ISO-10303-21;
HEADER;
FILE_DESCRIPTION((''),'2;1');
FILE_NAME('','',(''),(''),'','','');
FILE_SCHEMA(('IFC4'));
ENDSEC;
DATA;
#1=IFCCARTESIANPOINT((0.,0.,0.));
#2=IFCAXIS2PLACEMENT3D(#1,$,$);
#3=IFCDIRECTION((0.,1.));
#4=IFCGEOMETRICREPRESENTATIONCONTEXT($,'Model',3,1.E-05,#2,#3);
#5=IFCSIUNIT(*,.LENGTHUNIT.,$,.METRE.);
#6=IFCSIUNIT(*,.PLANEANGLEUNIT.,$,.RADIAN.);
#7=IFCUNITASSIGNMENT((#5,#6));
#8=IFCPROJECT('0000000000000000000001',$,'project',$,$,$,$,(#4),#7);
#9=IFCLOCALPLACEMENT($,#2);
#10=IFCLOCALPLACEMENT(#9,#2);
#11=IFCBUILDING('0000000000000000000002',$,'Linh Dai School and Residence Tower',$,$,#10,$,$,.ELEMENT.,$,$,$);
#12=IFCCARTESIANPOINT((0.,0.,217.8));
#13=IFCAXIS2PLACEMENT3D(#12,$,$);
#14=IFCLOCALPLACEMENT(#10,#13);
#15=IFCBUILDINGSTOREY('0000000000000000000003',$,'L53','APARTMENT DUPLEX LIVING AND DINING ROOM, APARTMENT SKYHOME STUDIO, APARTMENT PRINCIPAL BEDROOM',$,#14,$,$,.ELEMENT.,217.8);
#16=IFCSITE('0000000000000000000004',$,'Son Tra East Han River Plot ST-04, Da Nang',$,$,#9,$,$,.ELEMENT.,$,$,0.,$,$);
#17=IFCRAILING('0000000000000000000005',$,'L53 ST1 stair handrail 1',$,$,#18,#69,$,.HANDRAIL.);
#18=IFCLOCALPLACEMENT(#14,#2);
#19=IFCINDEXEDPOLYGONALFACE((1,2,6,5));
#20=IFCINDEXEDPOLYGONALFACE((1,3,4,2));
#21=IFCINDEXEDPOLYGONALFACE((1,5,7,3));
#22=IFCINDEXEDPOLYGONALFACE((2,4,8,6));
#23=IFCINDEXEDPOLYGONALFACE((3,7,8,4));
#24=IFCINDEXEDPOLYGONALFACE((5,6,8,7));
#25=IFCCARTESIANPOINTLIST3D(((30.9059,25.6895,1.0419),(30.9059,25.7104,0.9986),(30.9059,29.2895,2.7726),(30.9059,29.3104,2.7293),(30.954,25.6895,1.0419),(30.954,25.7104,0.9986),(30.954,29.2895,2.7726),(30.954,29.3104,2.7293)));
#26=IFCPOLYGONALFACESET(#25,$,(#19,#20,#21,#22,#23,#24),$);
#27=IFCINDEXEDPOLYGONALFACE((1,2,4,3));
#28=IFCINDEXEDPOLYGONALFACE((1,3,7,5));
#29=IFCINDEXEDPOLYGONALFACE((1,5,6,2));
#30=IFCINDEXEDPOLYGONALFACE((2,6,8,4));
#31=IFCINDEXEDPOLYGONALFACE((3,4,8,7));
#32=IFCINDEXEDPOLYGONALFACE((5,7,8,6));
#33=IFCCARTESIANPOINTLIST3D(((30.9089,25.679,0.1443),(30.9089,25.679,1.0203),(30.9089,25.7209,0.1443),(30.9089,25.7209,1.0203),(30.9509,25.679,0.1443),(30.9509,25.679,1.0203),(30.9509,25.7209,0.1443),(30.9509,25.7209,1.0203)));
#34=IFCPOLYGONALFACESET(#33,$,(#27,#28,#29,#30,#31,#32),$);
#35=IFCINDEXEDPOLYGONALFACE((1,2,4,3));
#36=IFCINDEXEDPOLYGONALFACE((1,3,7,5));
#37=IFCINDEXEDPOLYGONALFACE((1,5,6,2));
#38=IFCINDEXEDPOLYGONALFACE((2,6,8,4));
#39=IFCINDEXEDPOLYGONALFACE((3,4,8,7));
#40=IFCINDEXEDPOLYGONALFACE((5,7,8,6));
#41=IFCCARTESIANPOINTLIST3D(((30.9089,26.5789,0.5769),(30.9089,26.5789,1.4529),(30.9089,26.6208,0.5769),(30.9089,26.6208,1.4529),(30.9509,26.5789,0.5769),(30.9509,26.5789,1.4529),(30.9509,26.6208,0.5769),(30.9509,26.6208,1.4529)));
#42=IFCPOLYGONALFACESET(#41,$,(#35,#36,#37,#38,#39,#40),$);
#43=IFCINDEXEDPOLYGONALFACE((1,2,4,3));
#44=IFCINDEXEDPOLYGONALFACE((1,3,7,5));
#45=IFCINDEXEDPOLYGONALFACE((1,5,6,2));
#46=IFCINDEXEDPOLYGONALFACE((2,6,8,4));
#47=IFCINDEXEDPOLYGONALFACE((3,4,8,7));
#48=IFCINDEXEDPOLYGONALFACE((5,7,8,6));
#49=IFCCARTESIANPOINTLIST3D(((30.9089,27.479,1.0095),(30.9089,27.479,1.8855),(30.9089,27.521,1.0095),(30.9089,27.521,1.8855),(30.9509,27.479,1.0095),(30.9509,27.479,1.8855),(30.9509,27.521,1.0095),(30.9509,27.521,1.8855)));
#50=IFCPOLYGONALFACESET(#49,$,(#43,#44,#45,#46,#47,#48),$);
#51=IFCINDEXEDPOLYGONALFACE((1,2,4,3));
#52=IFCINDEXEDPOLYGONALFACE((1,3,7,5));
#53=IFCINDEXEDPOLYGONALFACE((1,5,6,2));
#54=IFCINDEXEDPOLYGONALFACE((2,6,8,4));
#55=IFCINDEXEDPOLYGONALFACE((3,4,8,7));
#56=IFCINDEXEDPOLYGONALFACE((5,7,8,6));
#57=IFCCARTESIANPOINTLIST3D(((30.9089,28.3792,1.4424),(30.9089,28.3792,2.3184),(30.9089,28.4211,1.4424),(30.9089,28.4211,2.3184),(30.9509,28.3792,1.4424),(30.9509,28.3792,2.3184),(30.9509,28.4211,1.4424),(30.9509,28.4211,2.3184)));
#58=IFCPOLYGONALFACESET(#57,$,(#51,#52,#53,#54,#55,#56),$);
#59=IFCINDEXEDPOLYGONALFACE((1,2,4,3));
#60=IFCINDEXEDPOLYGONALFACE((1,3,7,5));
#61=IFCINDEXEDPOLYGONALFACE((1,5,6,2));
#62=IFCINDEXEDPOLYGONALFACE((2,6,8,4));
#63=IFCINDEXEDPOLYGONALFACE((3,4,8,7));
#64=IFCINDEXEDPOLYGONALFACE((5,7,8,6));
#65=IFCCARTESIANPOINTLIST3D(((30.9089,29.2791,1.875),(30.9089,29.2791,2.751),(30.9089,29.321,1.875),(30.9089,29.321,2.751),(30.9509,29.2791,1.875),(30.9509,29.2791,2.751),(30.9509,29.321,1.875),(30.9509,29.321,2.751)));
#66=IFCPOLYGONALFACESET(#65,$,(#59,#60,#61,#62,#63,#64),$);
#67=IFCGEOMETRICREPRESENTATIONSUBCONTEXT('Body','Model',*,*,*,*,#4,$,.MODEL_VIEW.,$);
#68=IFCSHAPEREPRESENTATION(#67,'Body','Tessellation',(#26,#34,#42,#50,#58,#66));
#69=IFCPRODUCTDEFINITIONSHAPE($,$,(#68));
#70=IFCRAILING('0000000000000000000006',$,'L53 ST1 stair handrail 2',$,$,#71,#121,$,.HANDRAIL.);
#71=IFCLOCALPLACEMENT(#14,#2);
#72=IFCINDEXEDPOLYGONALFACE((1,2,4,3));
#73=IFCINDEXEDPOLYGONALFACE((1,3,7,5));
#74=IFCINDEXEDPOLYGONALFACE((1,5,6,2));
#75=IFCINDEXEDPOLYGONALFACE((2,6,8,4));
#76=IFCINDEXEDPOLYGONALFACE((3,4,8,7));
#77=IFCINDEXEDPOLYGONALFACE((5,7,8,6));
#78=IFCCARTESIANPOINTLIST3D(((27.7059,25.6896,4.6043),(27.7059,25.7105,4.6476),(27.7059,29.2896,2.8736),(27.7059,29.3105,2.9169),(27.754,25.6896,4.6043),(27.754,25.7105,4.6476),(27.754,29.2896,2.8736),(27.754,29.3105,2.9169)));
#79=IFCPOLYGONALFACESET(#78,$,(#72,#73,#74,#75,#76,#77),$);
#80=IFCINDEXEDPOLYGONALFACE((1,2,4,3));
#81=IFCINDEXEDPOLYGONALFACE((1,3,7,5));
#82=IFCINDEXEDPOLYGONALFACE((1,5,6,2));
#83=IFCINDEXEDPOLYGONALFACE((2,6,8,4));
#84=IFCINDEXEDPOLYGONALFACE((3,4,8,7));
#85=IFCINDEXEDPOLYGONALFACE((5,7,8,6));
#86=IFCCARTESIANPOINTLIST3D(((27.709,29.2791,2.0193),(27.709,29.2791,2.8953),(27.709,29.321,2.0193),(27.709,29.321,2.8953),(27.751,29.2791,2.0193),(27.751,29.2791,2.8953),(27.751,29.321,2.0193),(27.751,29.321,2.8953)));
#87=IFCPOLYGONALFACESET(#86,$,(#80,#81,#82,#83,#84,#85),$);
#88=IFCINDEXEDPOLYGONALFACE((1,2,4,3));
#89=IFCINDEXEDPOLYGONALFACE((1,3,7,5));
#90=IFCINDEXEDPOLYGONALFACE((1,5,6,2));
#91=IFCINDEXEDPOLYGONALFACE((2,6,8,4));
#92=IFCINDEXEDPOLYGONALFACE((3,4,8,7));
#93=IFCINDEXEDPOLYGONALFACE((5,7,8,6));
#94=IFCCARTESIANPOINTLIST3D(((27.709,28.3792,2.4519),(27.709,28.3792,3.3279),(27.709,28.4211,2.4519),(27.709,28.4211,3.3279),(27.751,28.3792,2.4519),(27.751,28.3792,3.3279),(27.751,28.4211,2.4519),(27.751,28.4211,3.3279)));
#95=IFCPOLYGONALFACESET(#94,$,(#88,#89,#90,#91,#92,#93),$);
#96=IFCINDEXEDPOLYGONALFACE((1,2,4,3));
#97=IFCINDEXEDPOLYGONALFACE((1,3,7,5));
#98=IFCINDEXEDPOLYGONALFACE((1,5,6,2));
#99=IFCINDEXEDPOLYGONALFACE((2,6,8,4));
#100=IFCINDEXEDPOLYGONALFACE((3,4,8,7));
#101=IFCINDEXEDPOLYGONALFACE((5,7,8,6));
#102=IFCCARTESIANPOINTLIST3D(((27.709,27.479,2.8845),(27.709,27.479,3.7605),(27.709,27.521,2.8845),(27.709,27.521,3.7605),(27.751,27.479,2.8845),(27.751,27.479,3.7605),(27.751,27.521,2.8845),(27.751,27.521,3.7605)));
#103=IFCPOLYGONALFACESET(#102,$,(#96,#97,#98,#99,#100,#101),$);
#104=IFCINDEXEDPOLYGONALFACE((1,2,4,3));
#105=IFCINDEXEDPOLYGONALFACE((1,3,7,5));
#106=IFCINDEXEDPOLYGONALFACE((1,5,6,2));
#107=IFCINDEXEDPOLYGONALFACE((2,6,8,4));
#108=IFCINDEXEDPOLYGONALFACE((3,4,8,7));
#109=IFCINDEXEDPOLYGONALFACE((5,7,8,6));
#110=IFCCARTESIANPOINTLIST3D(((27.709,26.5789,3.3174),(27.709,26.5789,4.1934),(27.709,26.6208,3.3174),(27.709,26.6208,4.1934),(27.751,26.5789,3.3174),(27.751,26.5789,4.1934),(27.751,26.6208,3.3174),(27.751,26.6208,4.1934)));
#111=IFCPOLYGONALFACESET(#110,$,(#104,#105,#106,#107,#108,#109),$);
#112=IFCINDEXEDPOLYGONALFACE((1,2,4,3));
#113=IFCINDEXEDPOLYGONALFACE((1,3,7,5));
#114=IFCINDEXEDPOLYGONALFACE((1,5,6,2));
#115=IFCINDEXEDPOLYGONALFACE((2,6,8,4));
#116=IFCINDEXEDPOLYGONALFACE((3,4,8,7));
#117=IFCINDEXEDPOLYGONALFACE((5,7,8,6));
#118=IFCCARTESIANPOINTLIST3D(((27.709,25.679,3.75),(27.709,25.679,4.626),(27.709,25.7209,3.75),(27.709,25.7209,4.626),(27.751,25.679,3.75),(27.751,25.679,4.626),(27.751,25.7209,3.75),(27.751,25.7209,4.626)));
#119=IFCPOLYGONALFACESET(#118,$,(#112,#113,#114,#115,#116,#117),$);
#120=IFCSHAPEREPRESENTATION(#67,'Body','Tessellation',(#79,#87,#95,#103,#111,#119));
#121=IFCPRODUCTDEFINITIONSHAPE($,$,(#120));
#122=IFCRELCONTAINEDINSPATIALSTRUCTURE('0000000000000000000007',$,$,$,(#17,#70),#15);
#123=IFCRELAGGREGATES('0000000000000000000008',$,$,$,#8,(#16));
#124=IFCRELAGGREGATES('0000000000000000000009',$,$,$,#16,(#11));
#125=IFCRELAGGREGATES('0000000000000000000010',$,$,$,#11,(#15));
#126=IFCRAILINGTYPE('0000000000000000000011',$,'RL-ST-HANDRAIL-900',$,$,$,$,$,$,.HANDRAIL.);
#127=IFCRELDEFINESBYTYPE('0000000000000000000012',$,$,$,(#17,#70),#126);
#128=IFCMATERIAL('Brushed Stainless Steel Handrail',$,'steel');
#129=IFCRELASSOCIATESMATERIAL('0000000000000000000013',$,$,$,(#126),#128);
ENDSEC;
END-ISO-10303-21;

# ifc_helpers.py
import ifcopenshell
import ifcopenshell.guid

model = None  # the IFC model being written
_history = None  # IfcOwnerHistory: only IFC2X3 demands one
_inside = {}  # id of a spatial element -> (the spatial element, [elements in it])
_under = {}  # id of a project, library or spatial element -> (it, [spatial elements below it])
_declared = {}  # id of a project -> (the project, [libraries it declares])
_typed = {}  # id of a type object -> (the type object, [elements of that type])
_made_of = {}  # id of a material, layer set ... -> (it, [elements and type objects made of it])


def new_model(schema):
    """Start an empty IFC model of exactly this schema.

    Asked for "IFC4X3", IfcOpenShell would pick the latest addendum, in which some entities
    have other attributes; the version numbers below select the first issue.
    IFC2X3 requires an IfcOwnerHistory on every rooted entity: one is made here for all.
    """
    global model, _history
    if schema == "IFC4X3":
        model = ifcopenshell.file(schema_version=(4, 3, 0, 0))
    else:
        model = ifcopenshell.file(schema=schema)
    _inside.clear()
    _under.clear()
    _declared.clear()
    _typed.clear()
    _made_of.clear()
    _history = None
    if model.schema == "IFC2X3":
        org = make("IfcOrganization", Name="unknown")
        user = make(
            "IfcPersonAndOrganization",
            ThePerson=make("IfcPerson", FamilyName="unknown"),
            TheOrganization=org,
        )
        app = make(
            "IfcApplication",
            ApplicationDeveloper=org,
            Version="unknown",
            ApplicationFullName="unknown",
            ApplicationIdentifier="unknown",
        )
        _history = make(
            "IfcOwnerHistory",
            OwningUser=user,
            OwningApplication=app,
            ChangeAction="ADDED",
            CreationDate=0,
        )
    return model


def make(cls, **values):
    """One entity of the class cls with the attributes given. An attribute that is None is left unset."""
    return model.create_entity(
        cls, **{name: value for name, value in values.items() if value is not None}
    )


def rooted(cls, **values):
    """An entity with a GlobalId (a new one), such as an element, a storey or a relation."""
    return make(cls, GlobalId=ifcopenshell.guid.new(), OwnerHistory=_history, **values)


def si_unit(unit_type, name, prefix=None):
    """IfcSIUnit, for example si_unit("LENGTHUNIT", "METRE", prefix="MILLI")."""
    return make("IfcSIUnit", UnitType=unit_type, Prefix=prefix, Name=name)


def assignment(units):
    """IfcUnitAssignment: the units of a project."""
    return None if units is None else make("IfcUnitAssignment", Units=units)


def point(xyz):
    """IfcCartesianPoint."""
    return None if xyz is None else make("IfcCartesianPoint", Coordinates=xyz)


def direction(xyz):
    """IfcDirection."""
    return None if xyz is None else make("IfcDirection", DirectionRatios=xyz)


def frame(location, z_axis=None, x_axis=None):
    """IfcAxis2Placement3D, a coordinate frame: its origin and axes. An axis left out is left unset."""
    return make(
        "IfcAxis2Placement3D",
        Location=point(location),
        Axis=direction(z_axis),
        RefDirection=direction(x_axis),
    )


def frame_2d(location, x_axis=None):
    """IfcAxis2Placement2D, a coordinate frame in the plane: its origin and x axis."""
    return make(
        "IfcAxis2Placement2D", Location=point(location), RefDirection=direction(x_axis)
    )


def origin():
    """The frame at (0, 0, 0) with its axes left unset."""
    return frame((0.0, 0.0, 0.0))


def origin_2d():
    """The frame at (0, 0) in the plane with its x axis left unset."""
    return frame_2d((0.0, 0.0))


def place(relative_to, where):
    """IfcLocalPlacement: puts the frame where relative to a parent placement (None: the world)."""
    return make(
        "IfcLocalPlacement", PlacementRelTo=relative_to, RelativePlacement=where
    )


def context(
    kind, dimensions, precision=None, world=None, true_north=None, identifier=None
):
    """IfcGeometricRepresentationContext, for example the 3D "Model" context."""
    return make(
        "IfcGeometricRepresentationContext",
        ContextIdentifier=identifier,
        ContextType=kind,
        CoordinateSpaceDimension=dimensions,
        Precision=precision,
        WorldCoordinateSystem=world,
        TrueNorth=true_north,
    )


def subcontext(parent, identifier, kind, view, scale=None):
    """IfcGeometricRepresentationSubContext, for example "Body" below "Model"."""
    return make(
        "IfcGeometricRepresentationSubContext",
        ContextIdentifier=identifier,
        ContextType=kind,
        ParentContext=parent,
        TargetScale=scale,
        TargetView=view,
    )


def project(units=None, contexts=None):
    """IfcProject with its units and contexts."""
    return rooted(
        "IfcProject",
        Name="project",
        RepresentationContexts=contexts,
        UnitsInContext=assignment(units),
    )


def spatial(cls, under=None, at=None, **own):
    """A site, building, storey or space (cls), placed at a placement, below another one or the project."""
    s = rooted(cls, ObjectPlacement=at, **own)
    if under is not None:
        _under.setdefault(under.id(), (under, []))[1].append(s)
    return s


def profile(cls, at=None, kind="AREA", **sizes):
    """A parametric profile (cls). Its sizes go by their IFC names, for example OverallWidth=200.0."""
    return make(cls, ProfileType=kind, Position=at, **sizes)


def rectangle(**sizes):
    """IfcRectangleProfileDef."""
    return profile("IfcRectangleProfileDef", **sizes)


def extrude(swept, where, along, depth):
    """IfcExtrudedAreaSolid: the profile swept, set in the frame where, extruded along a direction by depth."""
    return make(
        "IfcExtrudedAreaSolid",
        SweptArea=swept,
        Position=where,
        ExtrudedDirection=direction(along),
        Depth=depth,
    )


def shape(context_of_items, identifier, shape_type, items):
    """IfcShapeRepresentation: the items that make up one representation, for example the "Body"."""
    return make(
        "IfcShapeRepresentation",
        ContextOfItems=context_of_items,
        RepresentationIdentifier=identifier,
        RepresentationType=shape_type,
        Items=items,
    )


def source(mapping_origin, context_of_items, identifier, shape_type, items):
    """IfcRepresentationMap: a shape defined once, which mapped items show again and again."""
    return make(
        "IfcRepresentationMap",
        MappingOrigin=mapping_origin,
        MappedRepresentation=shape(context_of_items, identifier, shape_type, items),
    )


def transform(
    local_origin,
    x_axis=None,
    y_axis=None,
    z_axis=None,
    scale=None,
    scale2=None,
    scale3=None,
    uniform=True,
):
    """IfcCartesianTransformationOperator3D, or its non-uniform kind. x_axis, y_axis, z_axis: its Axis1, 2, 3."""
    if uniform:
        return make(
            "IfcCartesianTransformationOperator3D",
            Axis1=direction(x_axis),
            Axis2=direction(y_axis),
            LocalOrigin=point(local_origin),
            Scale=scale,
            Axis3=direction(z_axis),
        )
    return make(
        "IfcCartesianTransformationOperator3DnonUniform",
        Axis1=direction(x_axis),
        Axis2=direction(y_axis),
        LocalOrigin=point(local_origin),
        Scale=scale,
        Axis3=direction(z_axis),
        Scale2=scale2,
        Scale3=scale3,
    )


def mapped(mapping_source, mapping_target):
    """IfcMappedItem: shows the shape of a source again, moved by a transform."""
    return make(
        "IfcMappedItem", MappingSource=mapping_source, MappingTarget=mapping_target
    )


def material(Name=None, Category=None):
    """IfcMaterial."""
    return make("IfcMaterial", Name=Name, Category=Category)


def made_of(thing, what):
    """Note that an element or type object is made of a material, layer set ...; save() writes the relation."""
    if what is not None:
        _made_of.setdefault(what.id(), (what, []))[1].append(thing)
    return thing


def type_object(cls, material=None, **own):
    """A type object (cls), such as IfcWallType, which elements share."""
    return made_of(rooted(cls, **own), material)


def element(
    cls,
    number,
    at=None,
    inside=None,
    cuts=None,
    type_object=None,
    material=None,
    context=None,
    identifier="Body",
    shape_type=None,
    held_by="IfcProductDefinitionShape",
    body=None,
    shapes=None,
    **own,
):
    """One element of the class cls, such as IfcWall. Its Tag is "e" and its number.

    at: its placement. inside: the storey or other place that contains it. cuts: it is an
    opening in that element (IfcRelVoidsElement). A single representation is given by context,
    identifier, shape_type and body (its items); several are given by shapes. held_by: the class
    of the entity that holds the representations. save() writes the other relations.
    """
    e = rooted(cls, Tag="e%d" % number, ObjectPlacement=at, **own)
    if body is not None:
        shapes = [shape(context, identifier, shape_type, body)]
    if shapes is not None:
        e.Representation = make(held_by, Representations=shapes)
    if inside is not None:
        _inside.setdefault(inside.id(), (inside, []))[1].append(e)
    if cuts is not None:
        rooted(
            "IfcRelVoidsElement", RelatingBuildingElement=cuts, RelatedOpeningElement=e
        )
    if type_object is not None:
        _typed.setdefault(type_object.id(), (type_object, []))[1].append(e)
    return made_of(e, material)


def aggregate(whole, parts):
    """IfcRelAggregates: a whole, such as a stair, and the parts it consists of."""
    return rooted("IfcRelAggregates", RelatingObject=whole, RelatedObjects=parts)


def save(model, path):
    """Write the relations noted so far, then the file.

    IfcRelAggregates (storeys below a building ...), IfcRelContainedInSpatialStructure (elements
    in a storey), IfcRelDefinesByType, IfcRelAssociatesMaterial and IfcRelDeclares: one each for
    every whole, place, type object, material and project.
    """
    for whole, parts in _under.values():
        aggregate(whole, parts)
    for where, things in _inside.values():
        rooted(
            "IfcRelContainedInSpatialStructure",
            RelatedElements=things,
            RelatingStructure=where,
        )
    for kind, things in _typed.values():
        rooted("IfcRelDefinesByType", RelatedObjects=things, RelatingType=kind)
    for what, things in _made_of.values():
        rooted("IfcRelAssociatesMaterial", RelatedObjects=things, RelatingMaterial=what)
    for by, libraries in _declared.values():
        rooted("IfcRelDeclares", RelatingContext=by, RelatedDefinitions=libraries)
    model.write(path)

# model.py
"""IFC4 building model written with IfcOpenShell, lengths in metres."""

from ifc_helpers import new_model, si_unit, direction, frame, origin, origin_2d, place, context, subcontext, project, spatial, rectangle, extrude, source, transform, mapped, material, type_object, element, save


model = new_model("IFC4")

# Units and contexts
model_context = context("Model", 3, precision=1e-05, world=origin(), true_north=direction((0.0, 1.0)))
body_context = subcontext(model_context, "Body", "Model", "MODEL_VIEW")
ifc_project = project(units=[si_unit("LENGTHUNIT", "METRE"), si_unit("PLANEANGLEUNIT", "RADIAN")], contexts=[model_context])

# Site, building, storey
site_placement = place(None, origin())
site = spatial("IfcSite", under=ifc_project, at=site_placement, Name="Son Tra East Han River Plot ST-04, Da Nang", CompositionType="ELEMENT", RefElevation=0.0)
building_placement = place(site_placement, origin())
building = spatial("IfcBuilding", under=site, at=building_placement, Name="Linh Dai School and Residence Tower", CompositionType="ELEMENT")
storey_placement = place(building_placement, frame((0.0, 0.0, 217.8)))
storey = spatial("IfcBuildingStorey", under=building, at=storey_placement, Name="L53", Description="APARTMENT DUPLEX LIVING AND DINING ROOM, APARTMENT SKYHOME STUDIO, APARTMENT PRINCIPAL BEDROOM", CompositionType="ELEMENT", Elevation=217.8)

# Railings
ifc_material_1 = material(Name="Brushed Stainless Steel Handrail", Category="steel")
railing_type_1 = type_object("IfcRailingType", Name="RL-ST-HANDRAIL-900", PredefinedType="HANDRAIL", material=ifc_material_1)
shared_shape_1 = source(origin(), body_context, "Body", "SweptSolid", [
    extrude(rectangle(XDim=0.0481, YDim=0.0481, at=origin_2d()), frame((0.0, 0.0, 0.876), z_axis=(0.0, 0.901263, 0.433273), x_axis=(-1.0, 0.0, 0.0)), (0.0, 0.0, 1.0), 3.9944),
    extrude(rectangle(XDim=0.042, YDim=0.042, at=origin_2d()), origin(), (0.0, 0.0, 1.0), 0.876),
    extrude(rectangle(XDim=0.042, YDim=0.042, at=origin_2d()), frame((0.0, 0.8999, 0.4326)), (0.0, 0.0, 1.0), 0.876),
    extrude(rectangle(XDim=0.042, YDim=0.042, at=origin_2d()), frame((0.0, 1.8, 0.8652)), (0.0, 0.0, 1.0), 0.876),
    extrude(rectangle(XDim=0.042, YDim=0.042, at=origin_2d()), frame((0.0, 2.7002, 1.2981)), (0.0, 0.0, 1.0), 0.876),
    extrude(rectangle(XDim=0.042, YDim=0.042, at=origin_2d()), frame((0.0, 3.6001, 1.7307)), (0.0, 0.0, 1.0), 0.876),
])
railing_1_placement = place(storey_placement, frame((30.9299, 25.7, 0.1443)))
element("IfcRailing", 1, at=railing_1_placement, inside=storey, type_object=railing_type_1, Name="L53 ST1 stair handrail 1", PredefinedType="HANDRAIL", context=body_context, shape_type="MappedRepresentation", body=[
    mapped(shared_shape_1, transform((0.0, 0.0, 0.0), x_axis=(1.0, 0.0, 0.0), y_axis=(0.0, 1.0, 0.0), z_axis=(0.0, 0.0, 1.0), scale=1.0)),
])
shared_shape_2 = source(origin(), body_context, "Body", "SweptSolid", [
    extrude(rectangle(XDim=0.0481, YDim=0.0481, at=origin_2d()), frame((0.0, 0.0, 0.876), z_axis=(0.0, -0.901263, 0.433273), x_axis=(1.0, 0.0, 0.0)), (0.0, 0.0, 1.0), 3.9944),
    extrude(rectangle(XDim=0.042, YDim=0.042, at=origin_2d()), origin(), (0.0, 0.0, 1.0), 0.876),
    extrude(rectangle(XDim=0.042, YDim=0.042, at=origin_2d()), frame((0.0, -0.8999, 0.4326)), (0.0, 0.0, 1.0), 0.876),
    extrude(rectangle(XDim=0.042, YDim=0.042, at=origin_2d()), frame((0.0, -1.8, 0.8652)), (0.0, 0.0, 1.0), 0.876),
    extrude(rectangle(XDim=0.042, YDim=0.042, at=origin_2d()), frame((0.0, -2.7002, 1.2981)), (0.0, 0.0, 1.0), 0.876),
    extrude(rectangle(XDim=0.042, YDim=0.042, at=origin_2d()), frame((0.0, -3.6001, 1.7307)), (0.0, 0.0, 1.0), 0.876),
])
railing_2_placement = place(storey_placement, frame((27.73, 29.3, 2.0193)))
element("IfcRailing", 2, at=railing_2_placement, inside=storey, type_object=railing_type_1, Name="L53 ST1 stair handrail 2", PredefinedType="HANDRAIL", context=body_context, shape_type="MappedRepresentation", body=[
    mapped(shared_shape_2, transform((0.0, 0.0, 0.0), x_axis=(1.0, 0.0, 0.0), y_axis=(0.0, 1.0, 0.0), z_axis=(0.0, 0.0, 1.0), scale=1.0)),
])

save(model, "model.ifc")
